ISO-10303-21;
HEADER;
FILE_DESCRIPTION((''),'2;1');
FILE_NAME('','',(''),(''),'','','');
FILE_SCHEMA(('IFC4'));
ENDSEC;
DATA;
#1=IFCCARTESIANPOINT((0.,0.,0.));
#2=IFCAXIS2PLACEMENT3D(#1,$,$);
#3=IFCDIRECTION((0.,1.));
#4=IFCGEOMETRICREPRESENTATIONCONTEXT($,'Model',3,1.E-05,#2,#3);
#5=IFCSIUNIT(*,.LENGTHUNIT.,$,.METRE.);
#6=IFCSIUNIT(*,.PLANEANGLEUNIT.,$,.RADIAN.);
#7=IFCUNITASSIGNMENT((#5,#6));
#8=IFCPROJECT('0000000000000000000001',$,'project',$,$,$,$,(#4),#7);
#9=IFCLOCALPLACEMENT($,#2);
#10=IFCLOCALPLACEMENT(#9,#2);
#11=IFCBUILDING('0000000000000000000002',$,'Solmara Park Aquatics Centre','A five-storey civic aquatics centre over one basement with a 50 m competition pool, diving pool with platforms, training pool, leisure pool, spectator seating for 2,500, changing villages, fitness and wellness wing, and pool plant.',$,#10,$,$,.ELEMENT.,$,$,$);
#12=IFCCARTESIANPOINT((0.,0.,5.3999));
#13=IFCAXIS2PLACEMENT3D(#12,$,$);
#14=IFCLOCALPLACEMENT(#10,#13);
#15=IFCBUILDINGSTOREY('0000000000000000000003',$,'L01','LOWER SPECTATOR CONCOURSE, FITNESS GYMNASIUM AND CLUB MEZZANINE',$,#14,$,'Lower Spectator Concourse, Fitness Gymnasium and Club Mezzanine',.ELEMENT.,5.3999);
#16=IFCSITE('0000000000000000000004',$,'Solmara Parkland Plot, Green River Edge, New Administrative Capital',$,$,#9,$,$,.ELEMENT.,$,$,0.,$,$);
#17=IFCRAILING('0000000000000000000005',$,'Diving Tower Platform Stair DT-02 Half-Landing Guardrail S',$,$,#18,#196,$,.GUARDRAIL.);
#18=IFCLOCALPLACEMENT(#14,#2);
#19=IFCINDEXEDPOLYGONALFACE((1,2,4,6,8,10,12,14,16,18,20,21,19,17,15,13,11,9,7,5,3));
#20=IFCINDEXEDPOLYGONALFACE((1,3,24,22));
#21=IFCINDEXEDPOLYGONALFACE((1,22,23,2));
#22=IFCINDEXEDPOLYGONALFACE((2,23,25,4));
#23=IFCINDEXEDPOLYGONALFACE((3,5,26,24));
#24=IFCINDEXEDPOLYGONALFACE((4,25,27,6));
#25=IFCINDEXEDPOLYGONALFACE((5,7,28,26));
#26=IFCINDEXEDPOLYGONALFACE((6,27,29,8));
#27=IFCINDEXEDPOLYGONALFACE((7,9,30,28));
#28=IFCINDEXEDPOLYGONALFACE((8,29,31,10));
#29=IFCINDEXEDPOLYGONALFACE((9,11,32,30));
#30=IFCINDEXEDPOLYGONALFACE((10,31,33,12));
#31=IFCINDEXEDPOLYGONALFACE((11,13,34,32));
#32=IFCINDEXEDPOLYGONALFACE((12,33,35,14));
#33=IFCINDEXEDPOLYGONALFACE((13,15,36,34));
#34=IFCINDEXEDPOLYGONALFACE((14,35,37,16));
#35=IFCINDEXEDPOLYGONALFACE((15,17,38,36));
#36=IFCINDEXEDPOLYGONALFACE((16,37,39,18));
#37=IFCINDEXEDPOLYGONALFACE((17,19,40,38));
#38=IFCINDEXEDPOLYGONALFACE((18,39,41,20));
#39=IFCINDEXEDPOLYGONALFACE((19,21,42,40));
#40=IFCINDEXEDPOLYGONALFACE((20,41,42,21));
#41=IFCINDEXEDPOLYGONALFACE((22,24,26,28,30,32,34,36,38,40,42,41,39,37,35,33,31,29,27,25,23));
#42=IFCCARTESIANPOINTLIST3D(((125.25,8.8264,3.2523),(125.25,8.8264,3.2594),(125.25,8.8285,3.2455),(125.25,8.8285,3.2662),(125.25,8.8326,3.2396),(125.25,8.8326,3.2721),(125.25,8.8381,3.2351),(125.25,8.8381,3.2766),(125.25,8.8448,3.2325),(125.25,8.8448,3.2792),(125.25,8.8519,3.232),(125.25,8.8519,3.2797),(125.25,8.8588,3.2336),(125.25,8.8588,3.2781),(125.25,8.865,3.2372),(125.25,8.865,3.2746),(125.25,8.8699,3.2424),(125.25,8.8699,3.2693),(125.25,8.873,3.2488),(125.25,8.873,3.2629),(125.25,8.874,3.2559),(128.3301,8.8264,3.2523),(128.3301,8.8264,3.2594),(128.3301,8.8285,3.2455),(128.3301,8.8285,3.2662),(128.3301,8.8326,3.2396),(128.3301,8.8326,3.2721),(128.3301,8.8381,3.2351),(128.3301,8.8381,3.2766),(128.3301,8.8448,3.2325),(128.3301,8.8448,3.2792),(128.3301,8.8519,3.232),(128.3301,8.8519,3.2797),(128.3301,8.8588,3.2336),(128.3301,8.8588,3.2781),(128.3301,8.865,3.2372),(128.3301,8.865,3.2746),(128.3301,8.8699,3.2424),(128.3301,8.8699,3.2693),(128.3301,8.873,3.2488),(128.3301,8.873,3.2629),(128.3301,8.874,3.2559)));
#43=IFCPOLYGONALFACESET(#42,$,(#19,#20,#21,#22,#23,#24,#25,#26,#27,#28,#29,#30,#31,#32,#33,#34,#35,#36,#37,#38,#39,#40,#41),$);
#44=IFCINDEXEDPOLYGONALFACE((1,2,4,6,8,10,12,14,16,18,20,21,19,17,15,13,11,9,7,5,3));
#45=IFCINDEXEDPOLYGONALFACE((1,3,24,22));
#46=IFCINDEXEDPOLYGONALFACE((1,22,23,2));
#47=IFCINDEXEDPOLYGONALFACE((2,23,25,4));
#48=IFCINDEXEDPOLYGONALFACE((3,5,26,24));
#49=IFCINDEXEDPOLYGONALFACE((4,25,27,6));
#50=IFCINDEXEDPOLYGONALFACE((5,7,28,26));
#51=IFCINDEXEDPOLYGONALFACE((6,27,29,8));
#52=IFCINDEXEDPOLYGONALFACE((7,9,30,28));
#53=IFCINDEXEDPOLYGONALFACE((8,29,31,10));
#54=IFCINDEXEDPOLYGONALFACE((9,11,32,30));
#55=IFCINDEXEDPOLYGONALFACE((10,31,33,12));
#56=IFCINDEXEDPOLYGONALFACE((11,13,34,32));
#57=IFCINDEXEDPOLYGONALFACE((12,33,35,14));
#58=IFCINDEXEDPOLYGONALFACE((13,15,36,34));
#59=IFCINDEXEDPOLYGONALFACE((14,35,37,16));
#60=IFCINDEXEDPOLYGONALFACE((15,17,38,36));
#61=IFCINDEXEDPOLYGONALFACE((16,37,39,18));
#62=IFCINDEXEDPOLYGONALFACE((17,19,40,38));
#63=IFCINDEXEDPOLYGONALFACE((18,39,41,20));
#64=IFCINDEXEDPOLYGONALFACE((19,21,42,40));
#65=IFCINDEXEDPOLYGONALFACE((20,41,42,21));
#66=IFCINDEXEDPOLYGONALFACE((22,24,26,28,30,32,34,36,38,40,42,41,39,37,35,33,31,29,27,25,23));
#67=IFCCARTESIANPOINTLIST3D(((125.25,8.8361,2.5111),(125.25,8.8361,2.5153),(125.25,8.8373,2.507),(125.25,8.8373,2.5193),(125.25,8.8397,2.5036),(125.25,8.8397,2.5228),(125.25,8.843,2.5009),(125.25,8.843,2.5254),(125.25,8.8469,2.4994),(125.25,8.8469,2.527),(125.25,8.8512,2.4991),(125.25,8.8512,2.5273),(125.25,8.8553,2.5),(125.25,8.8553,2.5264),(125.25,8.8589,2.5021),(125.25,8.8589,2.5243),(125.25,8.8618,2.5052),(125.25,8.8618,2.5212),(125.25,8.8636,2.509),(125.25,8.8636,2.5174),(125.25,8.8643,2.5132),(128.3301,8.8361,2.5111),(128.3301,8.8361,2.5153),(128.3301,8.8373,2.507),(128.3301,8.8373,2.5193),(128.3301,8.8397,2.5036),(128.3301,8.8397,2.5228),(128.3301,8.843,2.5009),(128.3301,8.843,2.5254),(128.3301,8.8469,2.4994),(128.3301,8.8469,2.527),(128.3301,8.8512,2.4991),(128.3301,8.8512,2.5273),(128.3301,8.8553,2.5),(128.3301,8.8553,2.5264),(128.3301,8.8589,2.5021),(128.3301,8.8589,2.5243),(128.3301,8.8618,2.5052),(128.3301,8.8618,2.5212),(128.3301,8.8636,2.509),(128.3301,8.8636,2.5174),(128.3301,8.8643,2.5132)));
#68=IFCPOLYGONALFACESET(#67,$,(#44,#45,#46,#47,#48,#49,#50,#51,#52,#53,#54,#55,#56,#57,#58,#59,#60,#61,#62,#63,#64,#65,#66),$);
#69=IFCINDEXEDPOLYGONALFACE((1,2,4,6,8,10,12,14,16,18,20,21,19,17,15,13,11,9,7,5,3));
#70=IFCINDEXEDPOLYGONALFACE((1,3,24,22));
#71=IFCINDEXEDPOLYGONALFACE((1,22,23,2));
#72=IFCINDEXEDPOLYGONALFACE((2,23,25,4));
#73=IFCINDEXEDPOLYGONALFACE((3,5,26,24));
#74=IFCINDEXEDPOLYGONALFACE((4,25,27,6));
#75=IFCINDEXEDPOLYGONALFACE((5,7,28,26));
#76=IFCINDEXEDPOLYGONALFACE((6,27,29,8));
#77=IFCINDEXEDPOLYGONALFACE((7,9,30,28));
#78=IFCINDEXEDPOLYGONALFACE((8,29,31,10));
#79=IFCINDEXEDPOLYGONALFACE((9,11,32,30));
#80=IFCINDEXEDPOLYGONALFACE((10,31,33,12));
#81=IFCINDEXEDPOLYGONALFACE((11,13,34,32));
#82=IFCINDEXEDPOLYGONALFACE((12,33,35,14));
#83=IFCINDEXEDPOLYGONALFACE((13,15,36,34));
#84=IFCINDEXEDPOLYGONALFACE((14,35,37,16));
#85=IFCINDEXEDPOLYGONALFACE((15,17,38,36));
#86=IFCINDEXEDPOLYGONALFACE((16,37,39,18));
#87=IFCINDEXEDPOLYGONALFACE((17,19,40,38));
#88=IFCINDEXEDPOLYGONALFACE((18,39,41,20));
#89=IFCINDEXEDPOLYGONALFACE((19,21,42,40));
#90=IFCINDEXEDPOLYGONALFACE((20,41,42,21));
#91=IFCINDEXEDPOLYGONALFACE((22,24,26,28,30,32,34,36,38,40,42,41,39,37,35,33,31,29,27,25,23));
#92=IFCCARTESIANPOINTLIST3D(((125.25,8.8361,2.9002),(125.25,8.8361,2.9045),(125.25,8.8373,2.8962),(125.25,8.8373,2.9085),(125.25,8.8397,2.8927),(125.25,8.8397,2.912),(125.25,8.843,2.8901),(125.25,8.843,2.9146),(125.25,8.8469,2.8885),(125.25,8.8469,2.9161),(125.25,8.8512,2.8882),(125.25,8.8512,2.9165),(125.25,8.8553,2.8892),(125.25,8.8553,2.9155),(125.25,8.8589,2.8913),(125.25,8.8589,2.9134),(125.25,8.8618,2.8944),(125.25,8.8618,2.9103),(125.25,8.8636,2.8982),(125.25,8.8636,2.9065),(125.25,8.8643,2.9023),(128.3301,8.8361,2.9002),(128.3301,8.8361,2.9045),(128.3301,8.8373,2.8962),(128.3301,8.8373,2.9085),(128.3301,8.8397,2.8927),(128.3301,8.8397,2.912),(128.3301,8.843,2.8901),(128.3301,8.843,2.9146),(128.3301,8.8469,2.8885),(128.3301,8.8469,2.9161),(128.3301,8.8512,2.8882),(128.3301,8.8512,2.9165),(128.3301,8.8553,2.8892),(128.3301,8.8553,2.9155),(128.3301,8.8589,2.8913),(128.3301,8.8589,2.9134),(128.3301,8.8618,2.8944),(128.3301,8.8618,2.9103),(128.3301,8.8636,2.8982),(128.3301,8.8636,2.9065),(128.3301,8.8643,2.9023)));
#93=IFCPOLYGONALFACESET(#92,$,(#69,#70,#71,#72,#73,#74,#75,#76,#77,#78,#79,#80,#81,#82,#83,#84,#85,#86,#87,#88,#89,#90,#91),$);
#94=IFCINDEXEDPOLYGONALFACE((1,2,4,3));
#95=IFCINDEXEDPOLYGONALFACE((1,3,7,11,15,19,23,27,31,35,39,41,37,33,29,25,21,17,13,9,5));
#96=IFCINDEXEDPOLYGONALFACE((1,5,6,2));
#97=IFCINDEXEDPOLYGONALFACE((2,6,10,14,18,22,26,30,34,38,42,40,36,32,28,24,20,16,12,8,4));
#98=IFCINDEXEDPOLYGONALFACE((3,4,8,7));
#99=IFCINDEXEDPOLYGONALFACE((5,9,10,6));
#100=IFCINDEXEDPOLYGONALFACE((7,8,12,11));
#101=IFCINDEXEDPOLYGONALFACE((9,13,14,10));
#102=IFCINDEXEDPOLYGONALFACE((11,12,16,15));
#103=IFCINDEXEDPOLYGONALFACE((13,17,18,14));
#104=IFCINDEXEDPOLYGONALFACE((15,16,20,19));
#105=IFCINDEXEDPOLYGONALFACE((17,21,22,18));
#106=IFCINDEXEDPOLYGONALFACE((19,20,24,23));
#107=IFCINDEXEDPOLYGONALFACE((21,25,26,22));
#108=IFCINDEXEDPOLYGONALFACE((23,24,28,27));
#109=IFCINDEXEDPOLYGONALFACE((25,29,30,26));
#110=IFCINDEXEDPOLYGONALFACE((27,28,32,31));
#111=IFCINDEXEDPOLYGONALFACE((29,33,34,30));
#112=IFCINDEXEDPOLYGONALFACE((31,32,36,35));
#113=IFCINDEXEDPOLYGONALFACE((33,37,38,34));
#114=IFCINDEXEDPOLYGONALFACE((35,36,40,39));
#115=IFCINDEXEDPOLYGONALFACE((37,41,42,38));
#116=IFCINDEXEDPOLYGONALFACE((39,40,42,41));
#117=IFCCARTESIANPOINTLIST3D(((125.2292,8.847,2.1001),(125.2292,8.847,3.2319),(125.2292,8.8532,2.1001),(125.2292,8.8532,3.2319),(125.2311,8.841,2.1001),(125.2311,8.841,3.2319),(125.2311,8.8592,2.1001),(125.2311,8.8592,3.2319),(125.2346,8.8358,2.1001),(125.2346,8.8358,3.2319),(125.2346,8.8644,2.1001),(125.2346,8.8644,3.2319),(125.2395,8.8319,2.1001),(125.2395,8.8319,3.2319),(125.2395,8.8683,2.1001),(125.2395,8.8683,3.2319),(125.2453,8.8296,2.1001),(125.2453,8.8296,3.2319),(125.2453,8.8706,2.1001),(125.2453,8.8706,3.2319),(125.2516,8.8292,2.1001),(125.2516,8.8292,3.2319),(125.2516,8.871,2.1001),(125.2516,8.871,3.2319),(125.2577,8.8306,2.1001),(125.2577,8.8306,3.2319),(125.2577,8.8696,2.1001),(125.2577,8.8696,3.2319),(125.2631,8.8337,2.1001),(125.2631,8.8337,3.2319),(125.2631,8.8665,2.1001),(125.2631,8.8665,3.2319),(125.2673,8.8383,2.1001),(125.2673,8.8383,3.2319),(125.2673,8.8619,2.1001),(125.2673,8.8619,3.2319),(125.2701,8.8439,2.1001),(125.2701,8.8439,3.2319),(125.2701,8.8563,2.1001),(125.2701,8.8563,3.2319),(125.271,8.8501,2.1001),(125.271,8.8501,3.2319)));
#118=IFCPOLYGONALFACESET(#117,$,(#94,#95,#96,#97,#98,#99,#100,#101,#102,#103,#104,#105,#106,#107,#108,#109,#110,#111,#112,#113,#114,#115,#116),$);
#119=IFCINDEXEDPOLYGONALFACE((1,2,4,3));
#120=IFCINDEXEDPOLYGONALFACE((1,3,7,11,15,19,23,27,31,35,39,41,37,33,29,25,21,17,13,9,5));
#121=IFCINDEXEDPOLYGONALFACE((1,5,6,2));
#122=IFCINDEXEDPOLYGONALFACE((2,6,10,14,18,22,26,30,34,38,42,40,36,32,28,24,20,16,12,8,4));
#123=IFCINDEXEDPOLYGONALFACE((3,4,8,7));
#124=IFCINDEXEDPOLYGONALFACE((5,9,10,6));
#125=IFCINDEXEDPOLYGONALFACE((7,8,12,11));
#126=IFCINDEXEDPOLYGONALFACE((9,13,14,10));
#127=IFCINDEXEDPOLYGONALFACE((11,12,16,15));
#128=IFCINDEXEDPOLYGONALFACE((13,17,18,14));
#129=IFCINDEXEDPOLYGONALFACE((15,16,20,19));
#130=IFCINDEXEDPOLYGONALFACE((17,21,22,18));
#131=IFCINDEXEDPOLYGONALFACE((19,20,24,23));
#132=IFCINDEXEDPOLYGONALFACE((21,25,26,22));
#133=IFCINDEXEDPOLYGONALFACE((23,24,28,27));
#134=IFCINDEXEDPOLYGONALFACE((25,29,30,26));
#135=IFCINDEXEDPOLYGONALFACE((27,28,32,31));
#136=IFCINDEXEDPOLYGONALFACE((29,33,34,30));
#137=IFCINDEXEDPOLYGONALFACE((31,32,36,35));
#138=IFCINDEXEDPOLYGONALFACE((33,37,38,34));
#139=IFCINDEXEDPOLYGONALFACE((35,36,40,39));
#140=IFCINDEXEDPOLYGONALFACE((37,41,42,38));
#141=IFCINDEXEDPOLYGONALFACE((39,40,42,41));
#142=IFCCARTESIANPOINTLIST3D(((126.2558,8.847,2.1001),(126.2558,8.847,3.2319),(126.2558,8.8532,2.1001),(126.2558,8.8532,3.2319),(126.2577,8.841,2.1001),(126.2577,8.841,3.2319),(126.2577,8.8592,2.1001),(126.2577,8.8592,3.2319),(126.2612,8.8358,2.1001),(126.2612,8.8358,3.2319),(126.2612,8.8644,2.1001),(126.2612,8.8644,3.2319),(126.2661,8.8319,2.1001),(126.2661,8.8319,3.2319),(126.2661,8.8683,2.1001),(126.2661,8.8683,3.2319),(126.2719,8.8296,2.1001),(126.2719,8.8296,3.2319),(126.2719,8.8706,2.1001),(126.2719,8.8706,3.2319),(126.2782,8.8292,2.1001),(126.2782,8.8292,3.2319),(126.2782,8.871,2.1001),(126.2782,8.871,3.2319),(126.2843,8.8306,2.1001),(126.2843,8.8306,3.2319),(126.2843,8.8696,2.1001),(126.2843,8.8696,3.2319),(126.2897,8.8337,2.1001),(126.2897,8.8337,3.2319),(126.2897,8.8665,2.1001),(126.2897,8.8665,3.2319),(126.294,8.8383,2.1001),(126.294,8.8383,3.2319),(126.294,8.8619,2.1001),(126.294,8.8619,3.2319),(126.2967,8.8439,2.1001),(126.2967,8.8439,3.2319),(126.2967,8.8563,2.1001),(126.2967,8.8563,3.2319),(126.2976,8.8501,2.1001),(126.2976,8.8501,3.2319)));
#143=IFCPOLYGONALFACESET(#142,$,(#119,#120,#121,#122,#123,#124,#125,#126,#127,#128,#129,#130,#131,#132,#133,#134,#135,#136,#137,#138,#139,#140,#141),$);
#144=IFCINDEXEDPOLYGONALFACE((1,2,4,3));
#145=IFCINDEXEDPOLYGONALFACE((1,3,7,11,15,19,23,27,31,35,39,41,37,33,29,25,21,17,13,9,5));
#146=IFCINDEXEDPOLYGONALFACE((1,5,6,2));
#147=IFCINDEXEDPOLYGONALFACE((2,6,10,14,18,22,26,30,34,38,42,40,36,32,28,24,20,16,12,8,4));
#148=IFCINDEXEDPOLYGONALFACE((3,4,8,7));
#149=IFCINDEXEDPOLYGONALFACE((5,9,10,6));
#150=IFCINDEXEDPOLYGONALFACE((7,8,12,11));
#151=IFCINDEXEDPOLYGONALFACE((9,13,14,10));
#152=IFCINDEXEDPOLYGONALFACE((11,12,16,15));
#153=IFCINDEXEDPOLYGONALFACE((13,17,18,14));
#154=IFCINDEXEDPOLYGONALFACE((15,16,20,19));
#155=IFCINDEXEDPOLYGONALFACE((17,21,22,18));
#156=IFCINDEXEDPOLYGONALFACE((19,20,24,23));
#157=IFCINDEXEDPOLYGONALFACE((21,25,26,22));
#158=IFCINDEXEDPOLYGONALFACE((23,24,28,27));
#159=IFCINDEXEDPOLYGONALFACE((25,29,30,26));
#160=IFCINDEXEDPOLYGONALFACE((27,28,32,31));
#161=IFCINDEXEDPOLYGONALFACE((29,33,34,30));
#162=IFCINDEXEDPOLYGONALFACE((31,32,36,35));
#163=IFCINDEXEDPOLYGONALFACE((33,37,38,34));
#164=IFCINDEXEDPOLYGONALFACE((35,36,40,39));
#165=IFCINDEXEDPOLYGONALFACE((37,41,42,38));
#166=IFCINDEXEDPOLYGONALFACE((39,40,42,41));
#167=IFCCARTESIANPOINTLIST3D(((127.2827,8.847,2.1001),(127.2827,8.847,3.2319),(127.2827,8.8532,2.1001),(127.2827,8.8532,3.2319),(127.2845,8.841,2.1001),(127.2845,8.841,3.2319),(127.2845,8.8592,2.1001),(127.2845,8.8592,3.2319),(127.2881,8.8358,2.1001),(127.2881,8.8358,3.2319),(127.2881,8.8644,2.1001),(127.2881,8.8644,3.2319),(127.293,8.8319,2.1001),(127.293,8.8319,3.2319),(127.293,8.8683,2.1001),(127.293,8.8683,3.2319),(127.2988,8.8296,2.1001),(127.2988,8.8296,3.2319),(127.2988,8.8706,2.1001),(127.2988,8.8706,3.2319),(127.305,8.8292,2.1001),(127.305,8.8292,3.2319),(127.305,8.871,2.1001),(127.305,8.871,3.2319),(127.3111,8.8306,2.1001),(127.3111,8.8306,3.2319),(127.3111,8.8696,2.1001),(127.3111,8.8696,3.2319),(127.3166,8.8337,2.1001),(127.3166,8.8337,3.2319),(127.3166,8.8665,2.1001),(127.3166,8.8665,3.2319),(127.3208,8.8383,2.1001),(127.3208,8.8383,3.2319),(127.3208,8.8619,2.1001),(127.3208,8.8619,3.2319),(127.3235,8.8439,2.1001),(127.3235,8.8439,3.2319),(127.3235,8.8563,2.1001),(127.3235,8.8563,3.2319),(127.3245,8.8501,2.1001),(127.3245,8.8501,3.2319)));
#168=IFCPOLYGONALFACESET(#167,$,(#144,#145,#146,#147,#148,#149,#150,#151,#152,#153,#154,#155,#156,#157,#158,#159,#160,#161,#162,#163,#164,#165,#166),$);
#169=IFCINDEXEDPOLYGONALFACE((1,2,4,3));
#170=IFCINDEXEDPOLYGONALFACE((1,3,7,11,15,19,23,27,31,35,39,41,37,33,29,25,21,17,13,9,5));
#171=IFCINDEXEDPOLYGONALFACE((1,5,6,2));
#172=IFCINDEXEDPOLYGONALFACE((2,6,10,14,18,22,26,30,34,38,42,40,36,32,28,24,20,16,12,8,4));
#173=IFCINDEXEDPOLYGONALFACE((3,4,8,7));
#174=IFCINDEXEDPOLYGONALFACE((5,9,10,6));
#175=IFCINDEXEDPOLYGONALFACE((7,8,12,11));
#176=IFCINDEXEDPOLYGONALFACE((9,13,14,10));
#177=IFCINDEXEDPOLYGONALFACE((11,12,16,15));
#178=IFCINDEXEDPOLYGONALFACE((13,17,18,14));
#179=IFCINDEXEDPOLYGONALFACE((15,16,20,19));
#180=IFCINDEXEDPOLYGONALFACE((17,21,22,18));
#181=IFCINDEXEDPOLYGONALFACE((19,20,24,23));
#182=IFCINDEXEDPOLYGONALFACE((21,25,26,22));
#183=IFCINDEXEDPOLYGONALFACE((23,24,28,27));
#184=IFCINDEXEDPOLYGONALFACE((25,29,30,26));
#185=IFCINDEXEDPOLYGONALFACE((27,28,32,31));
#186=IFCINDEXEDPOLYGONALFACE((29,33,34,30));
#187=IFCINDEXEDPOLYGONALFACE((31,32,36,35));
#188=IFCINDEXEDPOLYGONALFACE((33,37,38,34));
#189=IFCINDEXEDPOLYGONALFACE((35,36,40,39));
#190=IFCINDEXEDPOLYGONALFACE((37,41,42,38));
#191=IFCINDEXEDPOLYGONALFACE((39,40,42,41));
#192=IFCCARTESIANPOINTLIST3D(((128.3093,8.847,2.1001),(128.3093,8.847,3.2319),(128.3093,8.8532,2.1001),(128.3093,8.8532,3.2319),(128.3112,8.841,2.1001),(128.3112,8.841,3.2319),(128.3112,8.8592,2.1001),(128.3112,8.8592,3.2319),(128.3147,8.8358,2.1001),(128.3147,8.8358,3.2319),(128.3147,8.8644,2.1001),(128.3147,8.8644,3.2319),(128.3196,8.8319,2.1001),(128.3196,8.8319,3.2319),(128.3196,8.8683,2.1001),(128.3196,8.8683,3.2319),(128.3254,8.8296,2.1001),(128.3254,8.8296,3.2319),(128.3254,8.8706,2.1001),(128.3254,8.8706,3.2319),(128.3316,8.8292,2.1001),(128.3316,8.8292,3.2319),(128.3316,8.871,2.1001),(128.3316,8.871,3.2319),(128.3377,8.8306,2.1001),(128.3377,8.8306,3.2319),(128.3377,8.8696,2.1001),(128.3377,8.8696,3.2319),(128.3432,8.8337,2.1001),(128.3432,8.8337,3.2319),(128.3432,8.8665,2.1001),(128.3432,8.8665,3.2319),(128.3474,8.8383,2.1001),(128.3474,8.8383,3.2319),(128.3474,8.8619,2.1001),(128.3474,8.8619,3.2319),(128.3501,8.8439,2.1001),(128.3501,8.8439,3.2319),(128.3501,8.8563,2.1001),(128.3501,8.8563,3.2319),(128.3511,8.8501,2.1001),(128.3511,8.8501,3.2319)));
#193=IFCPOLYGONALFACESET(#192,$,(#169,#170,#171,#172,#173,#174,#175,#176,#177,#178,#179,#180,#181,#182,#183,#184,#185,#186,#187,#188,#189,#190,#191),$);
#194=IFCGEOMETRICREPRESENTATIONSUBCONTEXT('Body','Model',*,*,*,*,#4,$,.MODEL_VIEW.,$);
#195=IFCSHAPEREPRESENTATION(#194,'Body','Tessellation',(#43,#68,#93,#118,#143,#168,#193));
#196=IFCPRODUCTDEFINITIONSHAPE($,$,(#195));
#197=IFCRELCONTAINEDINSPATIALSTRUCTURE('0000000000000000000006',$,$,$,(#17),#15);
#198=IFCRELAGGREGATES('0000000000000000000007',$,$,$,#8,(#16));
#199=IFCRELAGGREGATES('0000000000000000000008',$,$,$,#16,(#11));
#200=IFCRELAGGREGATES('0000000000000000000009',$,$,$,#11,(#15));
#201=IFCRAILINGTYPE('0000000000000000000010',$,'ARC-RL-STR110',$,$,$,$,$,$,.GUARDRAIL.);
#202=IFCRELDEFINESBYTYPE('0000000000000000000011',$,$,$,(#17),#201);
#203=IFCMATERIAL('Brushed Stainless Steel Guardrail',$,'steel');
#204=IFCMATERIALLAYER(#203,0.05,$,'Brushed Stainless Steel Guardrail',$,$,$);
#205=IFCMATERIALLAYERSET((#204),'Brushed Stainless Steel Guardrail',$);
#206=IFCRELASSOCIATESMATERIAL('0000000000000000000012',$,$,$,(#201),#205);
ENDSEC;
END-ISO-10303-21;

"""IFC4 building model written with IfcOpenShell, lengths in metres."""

from ifc_helpers import new_model, si_unit, direction, frame, origin, origin_2d, place, context, subcontext, project, spatial, circle, extrude, material, layer, layer_set, type_object, element, save


model = new_model("IFC4")

# Units and contexts
model_context = context("Model", 3, precision=1e-05, world=origin(), true_north=direction((0.0, 1.0)))
body_context = subcontext(model_context, "Body", "Model", "MODEL_VIEW")
ifc_project = project(units=[si_unit("LENGTHUNIT", "METRE"), si_unit("PLANEANGLEUNIT", "RADIAN")], contexts=[model_context])

# Site, building, storey
site_placement = place(None, origin())
site = spatial("IfcSite", under=ifc_project, at=site_placement, Name="Solmara Parkland Plot, Green River Edge, New Administrative Capital", CompositionType="ELEMENT", RefElevation=0.0)
building_placement = place(site_placement, origin())
building = spatial("IfcBuilding", under=site, at=building_placement, Name="Solmara Park Aquatics Centre", Description="A five-storey civic aquatics centre over one basement with a 50 m competition pool, diving pool with platforms, training pool, leisure pool, spectator seating for 2,500, changing villages, fitness and wellness wing, and pool plant.", CompositionType="ELEMENT")
storey_placement = place(building_placement, frame((0.0, 0.0, 5.3999)))
storey = spatial("IfcBuildingStorey", under=building, at=storey_placement, Name="L01", Description="LOWER SPECTATOR CONCOURSE, FITNESS GYMNASIUM AND CLUB MEZZANINE", LongName="Lower Spectator Concourse, Fitness Gymnasium and Club Mezzanine", CompositionType="ELEMENT", Elevation=5.3999)

# Railing
ifc_material_1 = material(Name="Brushed Stainless Steel Guardrail", Category="steel")
ifc_layer_1 = layer(ifc_material_1, 0.05, Name="Brushed Stainless Steel Guardrail")
ifc_layer_set_1 = layer_set([ifc_layer_1], Name="Brushed Stainless Steel Guardrail")
railing_type_1 = type_object("IfcRailingType", Name="ARC-RL-STR110", PredefinedType="GUARDRAIL", material=ifc_layer_set_1)
railing_1_placement = place(storey_placement, frame((125.25, 8.8501, 2.1001)))
element("IfcRailing", 1, at=railing_1_placement, inside=storey, type_object=railing_type_1, Name="Diving Tower Platform Stair DT-02 Half-Landing Guardrail S", PredefinedType="GUARDRAIL", context=body_context, shape_type="SweptSolid", body=[
    extrude(circle(Radius=0.0239, at=origin_2d()), frame((0.0, 0.0, 1.1558), z_axis=(1.0, 0.0, 0.0), x_axis=(0.0, 1.0, 0.0)), (0.0, 0.0, 1.0), 3.0801),
    extrude(circle(Radius=0.0142, at=origin_2d()), frame((0.0, 0.0, 0.4131), z_axis=(1.0, 0.0, 0.0), x_axis=(0.0, 1.0, 0.0)), (0.0, 0.0, 1.0), 3.0801),
    extrude(circle(Radius=0.0142, at=origin_2d()), frame((0.0, 0.0, 0.8022), z_axis=(1.0, 0.0, 0.0), x_axis=(0.0, 1.0, 0.0)), (0.0, 0.0, 1.0), 3.0801),
    extrude(circle(Radius=0.021, at=origin_2d()), origin(), (0.0, 0.0, 1.0), 1.1318),
    extrude(circle(Radius=0.021, at=origin_2d()), frame((1.0266, 0.0, 0.0)), (0.0, 0.0, 1.0), 1.1318),
    extrude(circle(Radius=0.021, at=origin_2d()), frame((2.0535, 0.0, 0.0)), (0.0, 0.0, 1.0), 1.1318),
    extrude(circle(Radius=0.021, at=origin_2d()), frame((3.0801, 0.0, 0.0)), (0.0, 0.0, 1.0), 1.1318),
])

save(model, "model.ifc")
